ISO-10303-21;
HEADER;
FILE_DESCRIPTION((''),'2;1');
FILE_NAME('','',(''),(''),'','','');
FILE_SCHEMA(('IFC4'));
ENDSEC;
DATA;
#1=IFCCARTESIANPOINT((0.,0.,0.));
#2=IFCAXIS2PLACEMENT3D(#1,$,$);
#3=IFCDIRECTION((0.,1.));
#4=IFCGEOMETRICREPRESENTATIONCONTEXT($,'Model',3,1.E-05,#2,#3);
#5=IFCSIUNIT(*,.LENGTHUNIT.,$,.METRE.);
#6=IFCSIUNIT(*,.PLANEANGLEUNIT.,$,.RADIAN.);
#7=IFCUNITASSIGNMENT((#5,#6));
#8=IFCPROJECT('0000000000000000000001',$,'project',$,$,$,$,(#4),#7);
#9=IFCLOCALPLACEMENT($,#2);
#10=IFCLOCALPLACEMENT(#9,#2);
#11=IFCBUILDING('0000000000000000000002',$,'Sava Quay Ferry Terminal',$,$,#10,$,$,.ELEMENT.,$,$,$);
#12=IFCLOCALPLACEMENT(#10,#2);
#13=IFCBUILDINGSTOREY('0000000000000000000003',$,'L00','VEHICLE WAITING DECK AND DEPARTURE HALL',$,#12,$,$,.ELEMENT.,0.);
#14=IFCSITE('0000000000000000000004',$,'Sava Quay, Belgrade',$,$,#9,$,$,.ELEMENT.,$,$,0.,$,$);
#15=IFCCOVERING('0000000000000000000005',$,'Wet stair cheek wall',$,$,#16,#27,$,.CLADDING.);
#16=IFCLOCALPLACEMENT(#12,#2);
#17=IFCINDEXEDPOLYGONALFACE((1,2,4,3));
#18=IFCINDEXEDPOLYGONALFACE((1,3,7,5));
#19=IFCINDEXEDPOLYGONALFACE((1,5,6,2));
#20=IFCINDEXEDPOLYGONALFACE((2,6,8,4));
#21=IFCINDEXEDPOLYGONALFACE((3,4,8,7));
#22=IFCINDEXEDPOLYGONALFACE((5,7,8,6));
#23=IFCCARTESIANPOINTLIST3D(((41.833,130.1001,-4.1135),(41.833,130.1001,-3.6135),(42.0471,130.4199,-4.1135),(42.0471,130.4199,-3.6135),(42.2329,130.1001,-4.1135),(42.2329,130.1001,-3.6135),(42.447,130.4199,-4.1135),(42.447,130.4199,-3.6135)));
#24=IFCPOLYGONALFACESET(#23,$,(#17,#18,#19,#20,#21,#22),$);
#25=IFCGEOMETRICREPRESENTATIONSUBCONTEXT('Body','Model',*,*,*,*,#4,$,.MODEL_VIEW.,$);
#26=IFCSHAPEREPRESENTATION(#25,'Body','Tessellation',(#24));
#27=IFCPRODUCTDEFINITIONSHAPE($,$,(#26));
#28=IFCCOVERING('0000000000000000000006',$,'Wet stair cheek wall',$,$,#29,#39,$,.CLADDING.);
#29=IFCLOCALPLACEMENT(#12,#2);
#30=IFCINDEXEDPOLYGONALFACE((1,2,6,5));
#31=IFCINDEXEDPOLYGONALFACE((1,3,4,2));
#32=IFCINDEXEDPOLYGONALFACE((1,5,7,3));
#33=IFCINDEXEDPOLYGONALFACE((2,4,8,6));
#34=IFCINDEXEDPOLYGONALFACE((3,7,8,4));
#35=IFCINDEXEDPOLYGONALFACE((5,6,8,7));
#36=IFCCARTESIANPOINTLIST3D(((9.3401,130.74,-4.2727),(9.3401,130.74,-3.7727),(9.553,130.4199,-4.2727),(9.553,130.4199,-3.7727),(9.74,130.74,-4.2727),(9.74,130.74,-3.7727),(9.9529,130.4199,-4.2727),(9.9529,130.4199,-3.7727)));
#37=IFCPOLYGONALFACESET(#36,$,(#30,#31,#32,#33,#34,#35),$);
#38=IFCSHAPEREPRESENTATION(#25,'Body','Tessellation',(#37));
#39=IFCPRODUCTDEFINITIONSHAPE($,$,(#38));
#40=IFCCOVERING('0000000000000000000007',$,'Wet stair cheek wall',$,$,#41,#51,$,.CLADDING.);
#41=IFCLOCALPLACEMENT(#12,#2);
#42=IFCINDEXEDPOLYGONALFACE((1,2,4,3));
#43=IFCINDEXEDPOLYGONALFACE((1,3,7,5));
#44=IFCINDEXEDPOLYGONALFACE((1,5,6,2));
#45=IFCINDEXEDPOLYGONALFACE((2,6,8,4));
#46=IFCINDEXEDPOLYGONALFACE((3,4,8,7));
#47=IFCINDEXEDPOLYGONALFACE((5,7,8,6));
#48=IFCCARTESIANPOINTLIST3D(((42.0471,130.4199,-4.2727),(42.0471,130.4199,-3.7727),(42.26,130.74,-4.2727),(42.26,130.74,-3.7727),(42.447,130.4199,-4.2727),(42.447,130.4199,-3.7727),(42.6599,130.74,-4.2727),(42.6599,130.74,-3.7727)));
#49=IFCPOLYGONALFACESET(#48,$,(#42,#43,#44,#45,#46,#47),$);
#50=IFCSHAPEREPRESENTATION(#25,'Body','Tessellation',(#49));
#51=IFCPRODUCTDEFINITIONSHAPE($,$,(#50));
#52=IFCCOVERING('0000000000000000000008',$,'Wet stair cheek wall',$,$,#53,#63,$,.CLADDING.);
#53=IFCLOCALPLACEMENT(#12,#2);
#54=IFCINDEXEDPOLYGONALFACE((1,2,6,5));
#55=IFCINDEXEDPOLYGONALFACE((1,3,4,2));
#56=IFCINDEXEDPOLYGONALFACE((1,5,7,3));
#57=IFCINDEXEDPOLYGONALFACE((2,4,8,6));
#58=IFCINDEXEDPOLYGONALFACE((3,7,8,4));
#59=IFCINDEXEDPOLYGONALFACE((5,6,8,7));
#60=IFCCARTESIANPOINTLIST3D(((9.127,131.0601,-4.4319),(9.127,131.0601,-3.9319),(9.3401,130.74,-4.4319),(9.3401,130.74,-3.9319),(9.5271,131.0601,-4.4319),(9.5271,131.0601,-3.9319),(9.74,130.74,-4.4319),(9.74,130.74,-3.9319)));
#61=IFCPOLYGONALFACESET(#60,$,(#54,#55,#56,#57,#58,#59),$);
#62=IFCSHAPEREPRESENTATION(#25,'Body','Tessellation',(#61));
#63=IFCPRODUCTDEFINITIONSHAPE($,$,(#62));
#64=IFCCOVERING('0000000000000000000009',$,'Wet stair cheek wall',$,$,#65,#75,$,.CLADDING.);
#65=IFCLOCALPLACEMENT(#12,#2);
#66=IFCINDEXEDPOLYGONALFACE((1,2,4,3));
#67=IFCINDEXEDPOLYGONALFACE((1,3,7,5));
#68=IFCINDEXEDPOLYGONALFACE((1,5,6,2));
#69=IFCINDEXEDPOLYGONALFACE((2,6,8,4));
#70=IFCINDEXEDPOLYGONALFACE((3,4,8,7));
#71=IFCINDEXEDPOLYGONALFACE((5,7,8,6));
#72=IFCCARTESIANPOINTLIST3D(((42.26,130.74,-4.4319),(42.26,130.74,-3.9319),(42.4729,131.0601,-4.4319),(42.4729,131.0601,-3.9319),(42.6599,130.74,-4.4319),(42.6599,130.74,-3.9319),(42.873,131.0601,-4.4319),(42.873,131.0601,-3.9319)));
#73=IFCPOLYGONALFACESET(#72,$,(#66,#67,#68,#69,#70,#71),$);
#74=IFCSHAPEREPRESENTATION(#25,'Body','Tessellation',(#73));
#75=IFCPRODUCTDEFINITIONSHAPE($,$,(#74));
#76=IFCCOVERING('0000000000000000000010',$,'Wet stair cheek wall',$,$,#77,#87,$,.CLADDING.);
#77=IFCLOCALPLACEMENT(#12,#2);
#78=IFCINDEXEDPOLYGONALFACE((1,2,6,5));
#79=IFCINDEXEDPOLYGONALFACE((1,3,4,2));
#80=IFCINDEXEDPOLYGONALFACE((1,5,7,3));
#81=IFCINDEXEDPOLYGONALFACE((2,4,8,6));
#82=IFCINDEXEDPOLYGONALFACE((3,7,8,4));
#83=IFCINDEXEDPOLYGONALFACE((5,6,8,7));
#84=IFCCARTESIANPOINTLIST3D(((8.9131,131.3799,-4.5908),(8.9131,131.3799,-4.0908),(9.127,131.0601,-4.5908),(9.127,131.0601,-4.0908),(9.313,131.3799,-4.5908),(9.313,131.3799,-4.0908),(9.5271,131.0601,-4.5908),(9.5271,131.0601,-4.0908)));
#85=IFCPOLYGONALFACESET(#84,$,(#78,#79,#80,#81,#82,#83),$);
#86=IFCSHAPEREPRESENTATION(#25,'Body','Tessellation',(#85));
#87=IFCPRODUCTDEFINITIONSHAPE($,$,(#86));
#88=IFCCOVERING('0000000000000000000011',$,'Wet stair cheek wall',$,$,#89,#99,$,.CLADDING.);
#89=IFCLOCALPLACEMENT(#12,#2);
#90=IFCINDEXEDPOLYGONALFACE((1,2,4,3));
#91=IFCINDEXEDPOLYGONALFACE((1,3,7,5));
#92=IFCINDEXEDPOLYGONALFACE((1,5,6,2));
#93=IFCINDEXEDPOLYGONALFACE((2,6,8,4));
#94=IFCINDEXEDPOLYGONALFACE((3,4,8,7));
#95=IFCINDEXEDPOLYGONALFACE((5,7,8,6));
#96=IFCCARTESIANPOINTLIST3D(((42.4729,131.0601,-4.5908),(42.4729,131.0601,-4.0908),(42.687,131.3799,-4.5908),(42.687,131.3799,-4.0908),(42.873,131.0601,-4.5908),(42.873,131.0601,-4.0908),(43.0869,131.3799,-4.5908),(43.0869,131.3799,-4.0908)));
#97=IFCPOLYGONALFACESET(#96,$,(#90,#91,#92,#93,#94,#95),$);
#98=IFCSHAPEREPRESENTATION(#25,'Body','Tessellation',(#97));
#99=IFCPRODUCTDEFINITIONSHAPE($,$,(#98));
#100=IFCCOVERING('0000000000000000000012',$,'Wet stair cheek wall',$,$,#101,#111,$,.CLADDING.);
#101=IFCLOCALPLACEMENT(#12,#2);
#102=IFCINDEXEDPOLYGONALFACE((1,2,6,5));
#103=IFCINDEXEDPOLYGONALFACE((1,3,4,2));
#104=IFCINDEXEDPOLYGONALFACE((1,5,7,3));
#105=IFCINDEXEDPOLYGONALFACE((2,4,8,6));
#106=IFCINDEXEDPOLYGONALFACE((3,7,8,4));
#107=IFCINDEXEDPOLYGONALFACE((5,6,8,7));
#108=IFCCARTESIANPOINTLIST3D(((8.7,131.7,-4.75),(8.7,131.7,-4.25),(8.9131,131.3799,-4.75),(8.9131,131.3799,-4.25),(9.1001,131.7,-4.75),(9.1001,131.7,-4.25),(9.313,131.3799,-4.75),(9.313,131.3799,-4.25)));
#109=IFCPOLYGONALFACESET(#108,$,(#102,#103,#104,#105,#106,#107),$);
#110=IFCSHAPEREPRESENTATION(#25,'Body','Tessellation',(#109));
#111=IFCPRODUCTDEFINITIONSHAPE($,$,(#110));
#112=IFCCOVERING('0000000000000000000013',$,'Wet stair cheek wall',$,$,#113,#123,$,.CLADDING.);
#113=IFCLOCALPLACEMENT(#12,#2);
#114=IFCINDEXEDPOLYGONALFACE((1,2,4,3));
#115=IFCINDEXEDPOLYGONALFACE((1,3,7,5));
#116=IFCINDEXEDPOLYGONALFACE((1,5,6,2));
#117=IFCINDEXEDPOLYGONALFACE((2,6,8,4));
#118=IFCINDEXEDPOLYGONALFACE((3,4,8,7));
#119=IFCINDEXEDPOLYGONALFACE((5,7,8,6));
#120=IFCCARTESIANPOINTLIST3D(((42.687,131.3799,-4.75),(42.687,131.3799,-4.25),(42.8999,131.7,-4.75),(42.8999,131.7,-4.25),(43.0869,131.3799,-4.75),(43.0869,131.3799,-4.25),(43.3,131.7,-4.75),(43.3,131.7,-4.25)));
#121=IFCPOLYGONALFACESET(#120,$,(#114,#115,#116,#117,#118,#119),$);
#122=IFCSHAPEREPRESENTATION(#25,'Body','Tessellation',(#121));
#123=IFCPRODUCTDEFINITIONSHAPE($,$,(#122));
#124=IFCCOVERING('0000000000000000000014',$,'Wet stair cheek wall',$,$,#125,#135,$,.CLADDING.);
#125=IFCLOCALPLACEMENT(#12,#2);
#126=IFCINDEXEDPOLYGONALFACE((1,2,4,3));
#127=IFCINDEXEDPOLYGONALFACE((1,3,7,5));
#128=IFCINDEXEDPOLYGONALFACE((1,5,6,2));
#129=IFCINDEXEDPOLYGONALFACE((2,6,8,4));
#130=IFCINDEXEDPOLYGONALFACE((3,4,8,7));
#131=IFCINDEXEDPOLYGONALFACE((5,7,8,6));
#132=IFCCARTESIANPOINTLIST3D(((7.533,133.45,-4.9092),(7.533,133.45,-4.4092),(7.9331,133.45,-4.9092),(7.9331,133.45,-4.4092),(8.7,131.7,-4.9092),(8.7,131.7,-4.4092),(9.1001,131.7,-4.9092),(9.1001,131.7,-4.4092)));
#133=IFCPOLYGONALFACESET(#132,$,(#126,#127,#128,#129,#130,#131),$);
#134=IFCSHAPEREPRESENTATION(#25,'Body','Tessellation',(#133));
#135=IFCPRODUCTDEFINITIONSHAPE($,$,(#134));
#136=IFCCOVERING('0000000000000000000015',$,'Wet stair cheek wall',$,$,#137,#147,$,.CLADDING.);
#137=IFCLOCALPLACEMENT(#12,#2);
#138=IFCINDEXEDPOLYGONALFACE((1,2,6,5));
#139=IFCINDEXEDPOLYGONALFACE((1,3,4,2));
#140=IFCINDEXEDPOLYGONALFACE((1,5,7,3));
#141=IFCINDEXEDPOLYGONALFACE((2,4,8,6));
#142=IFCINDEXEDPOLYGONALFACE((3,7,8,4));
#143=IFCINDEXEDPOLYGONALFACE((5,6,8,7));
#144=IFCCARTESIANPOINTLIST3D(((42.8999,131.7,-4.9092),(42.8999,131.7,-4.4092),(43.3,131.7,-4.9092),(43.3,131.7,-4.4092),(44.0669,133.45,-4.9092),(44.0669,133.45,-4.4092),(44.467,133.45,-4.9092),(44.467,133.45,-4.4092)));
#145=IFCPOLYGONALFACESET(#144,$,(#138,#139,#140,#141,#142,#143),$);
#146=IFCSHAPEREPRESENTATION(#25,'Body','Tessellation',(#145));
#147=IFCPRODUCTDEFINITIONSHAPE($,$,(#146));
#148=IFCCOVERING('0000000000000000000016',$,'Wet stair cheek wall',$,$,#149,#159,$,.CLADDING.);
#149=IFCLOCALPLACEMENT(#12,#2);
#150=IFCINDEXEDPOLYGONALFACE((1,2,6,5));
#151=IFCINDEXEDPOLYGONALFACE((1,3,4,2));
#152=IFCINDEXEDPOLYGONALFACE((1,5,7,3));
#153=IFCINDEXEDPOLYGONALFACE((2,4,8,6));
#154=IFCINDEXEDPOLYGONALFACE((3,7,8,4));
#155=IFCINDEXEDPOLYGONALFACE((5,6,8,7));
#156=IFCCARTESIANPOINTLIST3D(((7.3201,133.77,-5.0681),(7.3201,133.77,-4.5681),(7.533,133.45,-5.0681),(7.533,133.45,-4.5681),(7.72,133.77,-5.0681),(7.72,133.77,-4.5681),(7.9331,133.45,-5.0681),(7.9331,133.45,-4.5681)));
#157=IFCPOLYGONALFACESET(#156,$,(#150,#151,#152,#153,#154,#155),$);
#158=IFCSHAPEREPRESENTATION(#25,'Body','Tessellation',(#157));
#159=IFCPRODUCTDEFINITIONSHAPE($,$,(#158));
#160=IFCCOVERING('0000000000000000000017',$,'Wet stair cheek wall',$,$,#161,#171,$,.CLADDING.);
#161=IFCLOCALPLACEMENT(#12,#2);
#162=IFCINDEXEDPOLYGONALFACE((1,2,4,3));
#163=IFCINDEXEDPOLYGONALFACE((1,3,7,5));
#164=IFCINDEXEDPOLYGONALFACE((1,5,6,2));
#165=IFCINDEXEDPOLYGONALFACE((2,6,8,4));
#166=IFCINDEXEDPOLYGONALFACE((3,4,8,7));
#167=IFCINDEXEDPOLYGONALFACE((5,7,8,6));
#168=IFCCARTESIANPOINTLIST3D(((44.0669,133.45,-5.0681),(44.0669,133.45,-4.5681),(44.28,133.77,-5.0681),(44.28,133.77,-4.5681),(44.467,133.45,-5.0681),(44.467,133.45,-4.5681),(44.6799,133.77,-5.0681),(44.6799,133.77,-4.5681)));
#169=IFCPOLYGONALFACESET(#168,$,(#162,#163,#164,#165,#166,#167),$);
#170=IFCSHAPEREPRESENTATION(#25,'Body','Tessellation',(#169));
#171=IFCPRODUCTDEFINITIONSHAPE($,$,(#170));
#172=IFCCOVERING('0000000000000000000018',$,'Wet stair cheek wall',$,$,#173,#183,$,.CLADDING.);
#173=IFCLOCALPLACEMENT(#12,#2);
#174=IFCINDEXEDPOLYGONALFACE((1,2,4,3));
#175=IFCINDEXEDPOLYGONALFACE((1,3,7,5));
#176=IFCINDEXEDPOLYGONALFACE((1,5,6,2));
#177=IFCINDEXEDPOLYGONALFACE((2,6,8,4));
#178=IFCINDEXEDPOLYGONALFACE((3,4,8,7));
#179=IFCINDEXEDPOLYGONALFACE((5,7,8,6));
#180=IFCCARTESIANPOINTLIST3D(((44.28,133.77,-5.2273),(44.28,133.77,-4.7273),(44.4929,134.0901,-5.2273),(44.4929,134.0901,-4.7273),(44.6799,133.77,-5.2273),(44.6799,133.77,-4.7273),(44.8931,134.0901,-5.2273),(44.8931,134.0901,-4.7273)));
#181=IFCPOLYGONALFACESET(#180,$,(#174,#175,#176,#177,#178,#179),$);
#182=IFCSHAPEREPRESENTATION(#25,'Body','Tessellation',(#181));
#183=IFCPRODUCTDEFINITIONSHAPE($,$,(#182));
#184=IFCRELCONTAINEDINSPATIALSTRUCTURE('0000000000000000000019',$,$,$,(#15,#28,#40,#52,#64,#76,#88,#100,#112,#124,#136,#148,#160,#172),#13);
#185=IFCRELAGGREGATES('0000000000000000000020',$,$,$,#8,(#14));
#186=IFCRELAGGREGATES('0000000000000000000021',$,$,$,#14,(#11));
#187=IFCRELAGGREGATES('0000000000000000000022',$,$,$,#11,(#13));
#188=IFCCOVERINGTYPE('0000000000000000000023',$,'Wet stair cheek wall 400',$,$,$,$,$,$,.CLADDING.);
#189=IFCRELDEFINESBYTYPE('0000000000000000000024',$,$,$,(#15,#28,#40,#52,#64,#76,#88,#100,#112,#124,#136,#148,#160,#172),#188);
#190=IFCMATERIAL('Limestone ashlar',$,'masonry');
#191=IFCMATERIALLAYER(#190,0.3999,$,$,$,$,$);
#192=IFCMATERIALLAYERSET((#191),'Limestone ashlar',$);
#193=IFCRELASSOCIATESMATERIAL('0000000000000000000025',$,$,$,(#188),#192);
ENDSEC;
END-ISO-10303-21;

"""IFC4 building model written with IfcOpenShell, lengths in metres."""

from ifc_helpers import new_model, si_unit, direction, frame, origin, place, context, subcontext, project, spatial, polyline, outline, extrude, material, layer, layer_set, type_object, element, save


model = new_model("IFC4")

# Units and contexts
model_context = context("Model", 3, precision=1e-05, world=origin(), true_north=direction((0.0, 1.0)))
body_context = subcontext(model_context, "Body", "Model", "MODEL_VIEW")
ifc_project = project(units=[si_unit("LENGTHUNIT", "METRE"), si_unit("PLANEANGLEUNIT", "RADIAN")], contexts=[model_context])

# Site, building, storey
site_placement = place(None, origin())
site = spatial("IfcSite", under=ifc_project, at=site_placement, Name="Sava Quay, Belgrade", CompositionType="ELEMENT", RefElevation=0.0)
building_placement = place(site_placement, origin())
building = spatial("IfcBuilding", under=site, at=building_placement, Name="Sava Quay Ferry Terminal", CompositionType="ELEMENT")
storey_placement = place(building_placement, origin())
storey = spatial("IfcBuildingStorey", under=building, at=storey_placement, Name="L00", Description="VEHICLE WAITING DECK AND DEPARTURE HALL", CompositionType="ELEMENT", Elevation=0.0)

# Coverings
ifc_material_1 = material(Name="Limestone ashlar", Category="masonry")
ifc_layer_1 = layer(ifc_material_1, 0.3999)
ifc_layer_set_1 = layer_set([ifc_layer_1], Name="Limestone ashlar")
covering_type_1 = type_object("IfcCoveringType", Name="Wet stair cheek wall 400", PredefinedType="CLADDING", material=ifc_layer_set_1)
covering_1_placement = place(storey_placement, frame((0.0, 0.0, -4.1135)))
element("IfcCovering", 1, at=covering_1_placement, inside=storey, type_object=covering_type_1, Name="Wet stair cheek wall", PredefinedType="CLADDING", context=body_context, shape_type="SweptSolid", body=[
    extrude(outline(polyline([(41.833, 130.1001), (42.2329, 130.1001), (42.447, 130.4199), (42.0471, 130.4199), (41.833, 130.1001)])), origin(), (0.0, 0.0, 1.0), 0.5),
])
covering_2_placement = place(storey_placement, frame((0.0, 0.0, -4.2727)))
element("IfcCovering", 2, at=covering_2_placement, inside=storey, type_object=covering_type_1, Name="Wet stair cheek wall", PredefinedType="CLADDING", context=body_context, shape_type="SweptSolid", body=[
    extrude(outline(polyline([(9.553, 130.4199), (9.9529, 130.4199), (9.74, 130.74), (9.3401, 130.74), (9.553, 130.4199)])), origin(), (0.0, 0.0, 1.0), 0.5),
])
covering_3_placement = place(storey_placement, frame((0.0, 0.0, -4.2727)))
element("IfcCovering", 3, at=covering_3_placement, inside=storey, type_object=covering_type_1, Name="Wet stair cheek wall", PredefinedType="CLADDING", context=body_context, shape_type="SweptSolid", body=[
    extrude(outline(polyline([(42.0471, 130.4199), (42.447, 130.4199), (42.6599, 130.74), (42.26, 130.74), (42.0471, 130.4199)])), origin(), (0.0, 0.0, 1.0), 0.5),
])
covering_4_placement = place(storey_placement, frame((0.0, 0.0, -4.4319)))
element("IfcCovering", 4, at=covering_4_placement, inside=storey, type_object=covering_type_1, Name="Wet stair cheek wall", PredefinedType="CLADDING", context=body_context, shape_type="SweptSolid", body=[
    extrude(outline(polyline([(9.3401, 130.74), (9.74, 130.74), (9.5271, 131.0601), (9.127, 131.0601), (9.3401, 130.74)])), origin(), (0.0, 0.0, 1.0), 0.5),
])
covering_5_placement = place(storey_placement, frame((0.0, 0.0, -4.4319)))
element("IfcCovering", 5, at=covering_5_placement, inside=storey, type_object=covering_type_1, Name="Wet stair cheek wall", PredefinedType="CLADDING", context=body_context, shape_type="SweptSolid", body=[
    extrude(outline(polyline([(42.26, 130.74), (42.6599, 130.74), (42.873, 131.0601), (42.4729, 131.0601), (42.26, 130.74)])), origin(), (0.0, 0.0, 1.0), 0.5),
])
covering_6_placement = place(storey_placement, frame((0.0, 0.0, -4.5908)))
element("IfcCovering", 6, at=covering_6_placement, inside=storey, type_object=covering_type_1, Name="Wet stair cheek wall", PredefinedType="CLADDING", context=body_context, shape_type="SweptSolid", body=[
    extrude(outline(polyline([(9.127, 131.0601), (9.5271, 131.0601), (9.313, 131.3799), (8.9131, 131.3799), (9.127, 131.0601)])), origin(), (0.0, 0.0, 1.0), 0.5),
])
covering_7_placement = place(storey_placement, frame((0.0, 0.0, -4.5908)))
element("IfcCovering", 7, at=covering_7_placement, inside=storey, type_object=covering_type_1, Name="Wet stair cheek wall", PredefinedType="CLADDING", context=body_context, shape_type="SweptSolid", body=[
    extrude(outline(polyline([(42.4729, 131.0601), (42.873, 131.0601), (43.0869, 131.3799), (42.687, 131.3799), (42.4729, 131.0601)])), origin(), (0.0, 0.0, 1.0), 0.5),
])
covering_8_placement = place(storey_placement, frame((0.0, 0.0, -4.75)))
element("IfcCovering", 8, at=covering_8_placement, inside=storey, type_object=covering_type_1, Name="Wet stair cheek wall", PredefinedType="CLADDING", context=body_context, shape_type="SweptSolid", body=[
    extrude(outline(polyline([(8.9131, 131.3799), (9.313, 131.3799), (9.1001, 131.7), (8.7, 131.7), (8.9131, 131.3799)])), origin(), (0.0, 0.0, 1.0), 0.5),
])
covering_9_placement = place(storey_placement, frame((0.0, 0.0, -4.75)))
element("IfcCovering", 9, at=covering_9_placement, inside=storey, type_object=covering_type_1, Name="Wet stair cheek wall", PredefinedType="CLADDING", context=body_context, shape_type="SweptSolid", body=[
    extrude(outline(polyline([(42.687, 131.3799), (43.0869, 131.3799), (43.3, 131.7), (42.8999, 131.7), (42.687, 131.3799)])), origin(), (0.0, 0.0, 1.0), 0.5),
])
covering_10_placement = place(storey_placement, frame((0.0, 0.0, -4.9092)))
element("IfcCovering", 10, at=covering_10_placement, inside=storey, type_object=covering_type_1, Name="Wet stair cheek wall", PredefinedType="CLADDING", context=body_context, shape_type="SweptSolid", body=[
    extrude(outline(polyline([(8.7, 131.7), (9.1001, 131.7), (7.9331, 133.45), (7.533, 133.45), (8.7, 131.7)])), origin(), (0.0, 0.0, 1.0), 0.5),
])
covering_11_placement = place(storey_placement, frame((0.0, 0.0, -4.9092)))
element("IfcCovering", 11, at=covering_11_placement, inside=storey, type_object=covering_type_1, Name="Wet stair cheek wall", PredefinedType="CLADDING", context=body_context, shape_type="SweptSolid", body=[
    extrude(outline(polyline([(42.8999, 131.7), (43.3, 131.7), (44.467, 133.45), (44.0669, 133.45), (42.8999, 131.7)])), origin(), (0.0, 0.0, 1.0), 0.5),
])
covering_12_placement = place(storey_placement, frame((0.0, 0.0, -5.0681)))
element("IfcCovering", 12, at=covering_12_placement, inside=storey, type_object=covering_type_1, Name="Wet stair cheek wall", PredefinedType="CLADDING", context=body_context, shape_type="SweptSolid", body=[
    extrude(outline(polyline([(7.533, 133.45), (7.9331, 133.45), (7.72, 133.77), (7.3201, 133.77), (7.533, 133.45)])), origin(), (0.0, 0.0, 1.0), 0.5),
])
covering_13_placement = place(storey_placement, frame((0.0, 0.0, -5.0681)))
element("IfcCovering", 13, at=covering_13_placement, inside=storey, type_object=covering_type_1, Name="Wet stair cheek wall", PredefinedType="CLADDING", context=body_context, shape_type="SweptSolid", body=[
    extrude(outline(polyline([(44.0669, 133.45), (44.467, 133.45), (44.6799, 133.77), (44.28, 133.77), (44.0669, 133.45)])), origin(), (0.0, 0.0, 1.0), 0.5),
])
covering_14_placement = place(storey_placement, frame((0.0, 0.0, -5.2273)))
element("IfcCovering", 14, at=covering_14_placement, inside=storey, type_object=covering_type_1, Name="Wet stair cheek wall", PredefinedType="CLADDING", context=body_context, shape_type="SweptSolid", body=[
    extrude(outline(polyline([(44.28, 133.77), (44.6799, 133.77), (44.8931, 134.0901), (44.4929, 134.0901), (44.28, 133.77)])), origin(), (0.0, 0.0, 1.0), 0.5),
])

save(model, "model.ifc")
